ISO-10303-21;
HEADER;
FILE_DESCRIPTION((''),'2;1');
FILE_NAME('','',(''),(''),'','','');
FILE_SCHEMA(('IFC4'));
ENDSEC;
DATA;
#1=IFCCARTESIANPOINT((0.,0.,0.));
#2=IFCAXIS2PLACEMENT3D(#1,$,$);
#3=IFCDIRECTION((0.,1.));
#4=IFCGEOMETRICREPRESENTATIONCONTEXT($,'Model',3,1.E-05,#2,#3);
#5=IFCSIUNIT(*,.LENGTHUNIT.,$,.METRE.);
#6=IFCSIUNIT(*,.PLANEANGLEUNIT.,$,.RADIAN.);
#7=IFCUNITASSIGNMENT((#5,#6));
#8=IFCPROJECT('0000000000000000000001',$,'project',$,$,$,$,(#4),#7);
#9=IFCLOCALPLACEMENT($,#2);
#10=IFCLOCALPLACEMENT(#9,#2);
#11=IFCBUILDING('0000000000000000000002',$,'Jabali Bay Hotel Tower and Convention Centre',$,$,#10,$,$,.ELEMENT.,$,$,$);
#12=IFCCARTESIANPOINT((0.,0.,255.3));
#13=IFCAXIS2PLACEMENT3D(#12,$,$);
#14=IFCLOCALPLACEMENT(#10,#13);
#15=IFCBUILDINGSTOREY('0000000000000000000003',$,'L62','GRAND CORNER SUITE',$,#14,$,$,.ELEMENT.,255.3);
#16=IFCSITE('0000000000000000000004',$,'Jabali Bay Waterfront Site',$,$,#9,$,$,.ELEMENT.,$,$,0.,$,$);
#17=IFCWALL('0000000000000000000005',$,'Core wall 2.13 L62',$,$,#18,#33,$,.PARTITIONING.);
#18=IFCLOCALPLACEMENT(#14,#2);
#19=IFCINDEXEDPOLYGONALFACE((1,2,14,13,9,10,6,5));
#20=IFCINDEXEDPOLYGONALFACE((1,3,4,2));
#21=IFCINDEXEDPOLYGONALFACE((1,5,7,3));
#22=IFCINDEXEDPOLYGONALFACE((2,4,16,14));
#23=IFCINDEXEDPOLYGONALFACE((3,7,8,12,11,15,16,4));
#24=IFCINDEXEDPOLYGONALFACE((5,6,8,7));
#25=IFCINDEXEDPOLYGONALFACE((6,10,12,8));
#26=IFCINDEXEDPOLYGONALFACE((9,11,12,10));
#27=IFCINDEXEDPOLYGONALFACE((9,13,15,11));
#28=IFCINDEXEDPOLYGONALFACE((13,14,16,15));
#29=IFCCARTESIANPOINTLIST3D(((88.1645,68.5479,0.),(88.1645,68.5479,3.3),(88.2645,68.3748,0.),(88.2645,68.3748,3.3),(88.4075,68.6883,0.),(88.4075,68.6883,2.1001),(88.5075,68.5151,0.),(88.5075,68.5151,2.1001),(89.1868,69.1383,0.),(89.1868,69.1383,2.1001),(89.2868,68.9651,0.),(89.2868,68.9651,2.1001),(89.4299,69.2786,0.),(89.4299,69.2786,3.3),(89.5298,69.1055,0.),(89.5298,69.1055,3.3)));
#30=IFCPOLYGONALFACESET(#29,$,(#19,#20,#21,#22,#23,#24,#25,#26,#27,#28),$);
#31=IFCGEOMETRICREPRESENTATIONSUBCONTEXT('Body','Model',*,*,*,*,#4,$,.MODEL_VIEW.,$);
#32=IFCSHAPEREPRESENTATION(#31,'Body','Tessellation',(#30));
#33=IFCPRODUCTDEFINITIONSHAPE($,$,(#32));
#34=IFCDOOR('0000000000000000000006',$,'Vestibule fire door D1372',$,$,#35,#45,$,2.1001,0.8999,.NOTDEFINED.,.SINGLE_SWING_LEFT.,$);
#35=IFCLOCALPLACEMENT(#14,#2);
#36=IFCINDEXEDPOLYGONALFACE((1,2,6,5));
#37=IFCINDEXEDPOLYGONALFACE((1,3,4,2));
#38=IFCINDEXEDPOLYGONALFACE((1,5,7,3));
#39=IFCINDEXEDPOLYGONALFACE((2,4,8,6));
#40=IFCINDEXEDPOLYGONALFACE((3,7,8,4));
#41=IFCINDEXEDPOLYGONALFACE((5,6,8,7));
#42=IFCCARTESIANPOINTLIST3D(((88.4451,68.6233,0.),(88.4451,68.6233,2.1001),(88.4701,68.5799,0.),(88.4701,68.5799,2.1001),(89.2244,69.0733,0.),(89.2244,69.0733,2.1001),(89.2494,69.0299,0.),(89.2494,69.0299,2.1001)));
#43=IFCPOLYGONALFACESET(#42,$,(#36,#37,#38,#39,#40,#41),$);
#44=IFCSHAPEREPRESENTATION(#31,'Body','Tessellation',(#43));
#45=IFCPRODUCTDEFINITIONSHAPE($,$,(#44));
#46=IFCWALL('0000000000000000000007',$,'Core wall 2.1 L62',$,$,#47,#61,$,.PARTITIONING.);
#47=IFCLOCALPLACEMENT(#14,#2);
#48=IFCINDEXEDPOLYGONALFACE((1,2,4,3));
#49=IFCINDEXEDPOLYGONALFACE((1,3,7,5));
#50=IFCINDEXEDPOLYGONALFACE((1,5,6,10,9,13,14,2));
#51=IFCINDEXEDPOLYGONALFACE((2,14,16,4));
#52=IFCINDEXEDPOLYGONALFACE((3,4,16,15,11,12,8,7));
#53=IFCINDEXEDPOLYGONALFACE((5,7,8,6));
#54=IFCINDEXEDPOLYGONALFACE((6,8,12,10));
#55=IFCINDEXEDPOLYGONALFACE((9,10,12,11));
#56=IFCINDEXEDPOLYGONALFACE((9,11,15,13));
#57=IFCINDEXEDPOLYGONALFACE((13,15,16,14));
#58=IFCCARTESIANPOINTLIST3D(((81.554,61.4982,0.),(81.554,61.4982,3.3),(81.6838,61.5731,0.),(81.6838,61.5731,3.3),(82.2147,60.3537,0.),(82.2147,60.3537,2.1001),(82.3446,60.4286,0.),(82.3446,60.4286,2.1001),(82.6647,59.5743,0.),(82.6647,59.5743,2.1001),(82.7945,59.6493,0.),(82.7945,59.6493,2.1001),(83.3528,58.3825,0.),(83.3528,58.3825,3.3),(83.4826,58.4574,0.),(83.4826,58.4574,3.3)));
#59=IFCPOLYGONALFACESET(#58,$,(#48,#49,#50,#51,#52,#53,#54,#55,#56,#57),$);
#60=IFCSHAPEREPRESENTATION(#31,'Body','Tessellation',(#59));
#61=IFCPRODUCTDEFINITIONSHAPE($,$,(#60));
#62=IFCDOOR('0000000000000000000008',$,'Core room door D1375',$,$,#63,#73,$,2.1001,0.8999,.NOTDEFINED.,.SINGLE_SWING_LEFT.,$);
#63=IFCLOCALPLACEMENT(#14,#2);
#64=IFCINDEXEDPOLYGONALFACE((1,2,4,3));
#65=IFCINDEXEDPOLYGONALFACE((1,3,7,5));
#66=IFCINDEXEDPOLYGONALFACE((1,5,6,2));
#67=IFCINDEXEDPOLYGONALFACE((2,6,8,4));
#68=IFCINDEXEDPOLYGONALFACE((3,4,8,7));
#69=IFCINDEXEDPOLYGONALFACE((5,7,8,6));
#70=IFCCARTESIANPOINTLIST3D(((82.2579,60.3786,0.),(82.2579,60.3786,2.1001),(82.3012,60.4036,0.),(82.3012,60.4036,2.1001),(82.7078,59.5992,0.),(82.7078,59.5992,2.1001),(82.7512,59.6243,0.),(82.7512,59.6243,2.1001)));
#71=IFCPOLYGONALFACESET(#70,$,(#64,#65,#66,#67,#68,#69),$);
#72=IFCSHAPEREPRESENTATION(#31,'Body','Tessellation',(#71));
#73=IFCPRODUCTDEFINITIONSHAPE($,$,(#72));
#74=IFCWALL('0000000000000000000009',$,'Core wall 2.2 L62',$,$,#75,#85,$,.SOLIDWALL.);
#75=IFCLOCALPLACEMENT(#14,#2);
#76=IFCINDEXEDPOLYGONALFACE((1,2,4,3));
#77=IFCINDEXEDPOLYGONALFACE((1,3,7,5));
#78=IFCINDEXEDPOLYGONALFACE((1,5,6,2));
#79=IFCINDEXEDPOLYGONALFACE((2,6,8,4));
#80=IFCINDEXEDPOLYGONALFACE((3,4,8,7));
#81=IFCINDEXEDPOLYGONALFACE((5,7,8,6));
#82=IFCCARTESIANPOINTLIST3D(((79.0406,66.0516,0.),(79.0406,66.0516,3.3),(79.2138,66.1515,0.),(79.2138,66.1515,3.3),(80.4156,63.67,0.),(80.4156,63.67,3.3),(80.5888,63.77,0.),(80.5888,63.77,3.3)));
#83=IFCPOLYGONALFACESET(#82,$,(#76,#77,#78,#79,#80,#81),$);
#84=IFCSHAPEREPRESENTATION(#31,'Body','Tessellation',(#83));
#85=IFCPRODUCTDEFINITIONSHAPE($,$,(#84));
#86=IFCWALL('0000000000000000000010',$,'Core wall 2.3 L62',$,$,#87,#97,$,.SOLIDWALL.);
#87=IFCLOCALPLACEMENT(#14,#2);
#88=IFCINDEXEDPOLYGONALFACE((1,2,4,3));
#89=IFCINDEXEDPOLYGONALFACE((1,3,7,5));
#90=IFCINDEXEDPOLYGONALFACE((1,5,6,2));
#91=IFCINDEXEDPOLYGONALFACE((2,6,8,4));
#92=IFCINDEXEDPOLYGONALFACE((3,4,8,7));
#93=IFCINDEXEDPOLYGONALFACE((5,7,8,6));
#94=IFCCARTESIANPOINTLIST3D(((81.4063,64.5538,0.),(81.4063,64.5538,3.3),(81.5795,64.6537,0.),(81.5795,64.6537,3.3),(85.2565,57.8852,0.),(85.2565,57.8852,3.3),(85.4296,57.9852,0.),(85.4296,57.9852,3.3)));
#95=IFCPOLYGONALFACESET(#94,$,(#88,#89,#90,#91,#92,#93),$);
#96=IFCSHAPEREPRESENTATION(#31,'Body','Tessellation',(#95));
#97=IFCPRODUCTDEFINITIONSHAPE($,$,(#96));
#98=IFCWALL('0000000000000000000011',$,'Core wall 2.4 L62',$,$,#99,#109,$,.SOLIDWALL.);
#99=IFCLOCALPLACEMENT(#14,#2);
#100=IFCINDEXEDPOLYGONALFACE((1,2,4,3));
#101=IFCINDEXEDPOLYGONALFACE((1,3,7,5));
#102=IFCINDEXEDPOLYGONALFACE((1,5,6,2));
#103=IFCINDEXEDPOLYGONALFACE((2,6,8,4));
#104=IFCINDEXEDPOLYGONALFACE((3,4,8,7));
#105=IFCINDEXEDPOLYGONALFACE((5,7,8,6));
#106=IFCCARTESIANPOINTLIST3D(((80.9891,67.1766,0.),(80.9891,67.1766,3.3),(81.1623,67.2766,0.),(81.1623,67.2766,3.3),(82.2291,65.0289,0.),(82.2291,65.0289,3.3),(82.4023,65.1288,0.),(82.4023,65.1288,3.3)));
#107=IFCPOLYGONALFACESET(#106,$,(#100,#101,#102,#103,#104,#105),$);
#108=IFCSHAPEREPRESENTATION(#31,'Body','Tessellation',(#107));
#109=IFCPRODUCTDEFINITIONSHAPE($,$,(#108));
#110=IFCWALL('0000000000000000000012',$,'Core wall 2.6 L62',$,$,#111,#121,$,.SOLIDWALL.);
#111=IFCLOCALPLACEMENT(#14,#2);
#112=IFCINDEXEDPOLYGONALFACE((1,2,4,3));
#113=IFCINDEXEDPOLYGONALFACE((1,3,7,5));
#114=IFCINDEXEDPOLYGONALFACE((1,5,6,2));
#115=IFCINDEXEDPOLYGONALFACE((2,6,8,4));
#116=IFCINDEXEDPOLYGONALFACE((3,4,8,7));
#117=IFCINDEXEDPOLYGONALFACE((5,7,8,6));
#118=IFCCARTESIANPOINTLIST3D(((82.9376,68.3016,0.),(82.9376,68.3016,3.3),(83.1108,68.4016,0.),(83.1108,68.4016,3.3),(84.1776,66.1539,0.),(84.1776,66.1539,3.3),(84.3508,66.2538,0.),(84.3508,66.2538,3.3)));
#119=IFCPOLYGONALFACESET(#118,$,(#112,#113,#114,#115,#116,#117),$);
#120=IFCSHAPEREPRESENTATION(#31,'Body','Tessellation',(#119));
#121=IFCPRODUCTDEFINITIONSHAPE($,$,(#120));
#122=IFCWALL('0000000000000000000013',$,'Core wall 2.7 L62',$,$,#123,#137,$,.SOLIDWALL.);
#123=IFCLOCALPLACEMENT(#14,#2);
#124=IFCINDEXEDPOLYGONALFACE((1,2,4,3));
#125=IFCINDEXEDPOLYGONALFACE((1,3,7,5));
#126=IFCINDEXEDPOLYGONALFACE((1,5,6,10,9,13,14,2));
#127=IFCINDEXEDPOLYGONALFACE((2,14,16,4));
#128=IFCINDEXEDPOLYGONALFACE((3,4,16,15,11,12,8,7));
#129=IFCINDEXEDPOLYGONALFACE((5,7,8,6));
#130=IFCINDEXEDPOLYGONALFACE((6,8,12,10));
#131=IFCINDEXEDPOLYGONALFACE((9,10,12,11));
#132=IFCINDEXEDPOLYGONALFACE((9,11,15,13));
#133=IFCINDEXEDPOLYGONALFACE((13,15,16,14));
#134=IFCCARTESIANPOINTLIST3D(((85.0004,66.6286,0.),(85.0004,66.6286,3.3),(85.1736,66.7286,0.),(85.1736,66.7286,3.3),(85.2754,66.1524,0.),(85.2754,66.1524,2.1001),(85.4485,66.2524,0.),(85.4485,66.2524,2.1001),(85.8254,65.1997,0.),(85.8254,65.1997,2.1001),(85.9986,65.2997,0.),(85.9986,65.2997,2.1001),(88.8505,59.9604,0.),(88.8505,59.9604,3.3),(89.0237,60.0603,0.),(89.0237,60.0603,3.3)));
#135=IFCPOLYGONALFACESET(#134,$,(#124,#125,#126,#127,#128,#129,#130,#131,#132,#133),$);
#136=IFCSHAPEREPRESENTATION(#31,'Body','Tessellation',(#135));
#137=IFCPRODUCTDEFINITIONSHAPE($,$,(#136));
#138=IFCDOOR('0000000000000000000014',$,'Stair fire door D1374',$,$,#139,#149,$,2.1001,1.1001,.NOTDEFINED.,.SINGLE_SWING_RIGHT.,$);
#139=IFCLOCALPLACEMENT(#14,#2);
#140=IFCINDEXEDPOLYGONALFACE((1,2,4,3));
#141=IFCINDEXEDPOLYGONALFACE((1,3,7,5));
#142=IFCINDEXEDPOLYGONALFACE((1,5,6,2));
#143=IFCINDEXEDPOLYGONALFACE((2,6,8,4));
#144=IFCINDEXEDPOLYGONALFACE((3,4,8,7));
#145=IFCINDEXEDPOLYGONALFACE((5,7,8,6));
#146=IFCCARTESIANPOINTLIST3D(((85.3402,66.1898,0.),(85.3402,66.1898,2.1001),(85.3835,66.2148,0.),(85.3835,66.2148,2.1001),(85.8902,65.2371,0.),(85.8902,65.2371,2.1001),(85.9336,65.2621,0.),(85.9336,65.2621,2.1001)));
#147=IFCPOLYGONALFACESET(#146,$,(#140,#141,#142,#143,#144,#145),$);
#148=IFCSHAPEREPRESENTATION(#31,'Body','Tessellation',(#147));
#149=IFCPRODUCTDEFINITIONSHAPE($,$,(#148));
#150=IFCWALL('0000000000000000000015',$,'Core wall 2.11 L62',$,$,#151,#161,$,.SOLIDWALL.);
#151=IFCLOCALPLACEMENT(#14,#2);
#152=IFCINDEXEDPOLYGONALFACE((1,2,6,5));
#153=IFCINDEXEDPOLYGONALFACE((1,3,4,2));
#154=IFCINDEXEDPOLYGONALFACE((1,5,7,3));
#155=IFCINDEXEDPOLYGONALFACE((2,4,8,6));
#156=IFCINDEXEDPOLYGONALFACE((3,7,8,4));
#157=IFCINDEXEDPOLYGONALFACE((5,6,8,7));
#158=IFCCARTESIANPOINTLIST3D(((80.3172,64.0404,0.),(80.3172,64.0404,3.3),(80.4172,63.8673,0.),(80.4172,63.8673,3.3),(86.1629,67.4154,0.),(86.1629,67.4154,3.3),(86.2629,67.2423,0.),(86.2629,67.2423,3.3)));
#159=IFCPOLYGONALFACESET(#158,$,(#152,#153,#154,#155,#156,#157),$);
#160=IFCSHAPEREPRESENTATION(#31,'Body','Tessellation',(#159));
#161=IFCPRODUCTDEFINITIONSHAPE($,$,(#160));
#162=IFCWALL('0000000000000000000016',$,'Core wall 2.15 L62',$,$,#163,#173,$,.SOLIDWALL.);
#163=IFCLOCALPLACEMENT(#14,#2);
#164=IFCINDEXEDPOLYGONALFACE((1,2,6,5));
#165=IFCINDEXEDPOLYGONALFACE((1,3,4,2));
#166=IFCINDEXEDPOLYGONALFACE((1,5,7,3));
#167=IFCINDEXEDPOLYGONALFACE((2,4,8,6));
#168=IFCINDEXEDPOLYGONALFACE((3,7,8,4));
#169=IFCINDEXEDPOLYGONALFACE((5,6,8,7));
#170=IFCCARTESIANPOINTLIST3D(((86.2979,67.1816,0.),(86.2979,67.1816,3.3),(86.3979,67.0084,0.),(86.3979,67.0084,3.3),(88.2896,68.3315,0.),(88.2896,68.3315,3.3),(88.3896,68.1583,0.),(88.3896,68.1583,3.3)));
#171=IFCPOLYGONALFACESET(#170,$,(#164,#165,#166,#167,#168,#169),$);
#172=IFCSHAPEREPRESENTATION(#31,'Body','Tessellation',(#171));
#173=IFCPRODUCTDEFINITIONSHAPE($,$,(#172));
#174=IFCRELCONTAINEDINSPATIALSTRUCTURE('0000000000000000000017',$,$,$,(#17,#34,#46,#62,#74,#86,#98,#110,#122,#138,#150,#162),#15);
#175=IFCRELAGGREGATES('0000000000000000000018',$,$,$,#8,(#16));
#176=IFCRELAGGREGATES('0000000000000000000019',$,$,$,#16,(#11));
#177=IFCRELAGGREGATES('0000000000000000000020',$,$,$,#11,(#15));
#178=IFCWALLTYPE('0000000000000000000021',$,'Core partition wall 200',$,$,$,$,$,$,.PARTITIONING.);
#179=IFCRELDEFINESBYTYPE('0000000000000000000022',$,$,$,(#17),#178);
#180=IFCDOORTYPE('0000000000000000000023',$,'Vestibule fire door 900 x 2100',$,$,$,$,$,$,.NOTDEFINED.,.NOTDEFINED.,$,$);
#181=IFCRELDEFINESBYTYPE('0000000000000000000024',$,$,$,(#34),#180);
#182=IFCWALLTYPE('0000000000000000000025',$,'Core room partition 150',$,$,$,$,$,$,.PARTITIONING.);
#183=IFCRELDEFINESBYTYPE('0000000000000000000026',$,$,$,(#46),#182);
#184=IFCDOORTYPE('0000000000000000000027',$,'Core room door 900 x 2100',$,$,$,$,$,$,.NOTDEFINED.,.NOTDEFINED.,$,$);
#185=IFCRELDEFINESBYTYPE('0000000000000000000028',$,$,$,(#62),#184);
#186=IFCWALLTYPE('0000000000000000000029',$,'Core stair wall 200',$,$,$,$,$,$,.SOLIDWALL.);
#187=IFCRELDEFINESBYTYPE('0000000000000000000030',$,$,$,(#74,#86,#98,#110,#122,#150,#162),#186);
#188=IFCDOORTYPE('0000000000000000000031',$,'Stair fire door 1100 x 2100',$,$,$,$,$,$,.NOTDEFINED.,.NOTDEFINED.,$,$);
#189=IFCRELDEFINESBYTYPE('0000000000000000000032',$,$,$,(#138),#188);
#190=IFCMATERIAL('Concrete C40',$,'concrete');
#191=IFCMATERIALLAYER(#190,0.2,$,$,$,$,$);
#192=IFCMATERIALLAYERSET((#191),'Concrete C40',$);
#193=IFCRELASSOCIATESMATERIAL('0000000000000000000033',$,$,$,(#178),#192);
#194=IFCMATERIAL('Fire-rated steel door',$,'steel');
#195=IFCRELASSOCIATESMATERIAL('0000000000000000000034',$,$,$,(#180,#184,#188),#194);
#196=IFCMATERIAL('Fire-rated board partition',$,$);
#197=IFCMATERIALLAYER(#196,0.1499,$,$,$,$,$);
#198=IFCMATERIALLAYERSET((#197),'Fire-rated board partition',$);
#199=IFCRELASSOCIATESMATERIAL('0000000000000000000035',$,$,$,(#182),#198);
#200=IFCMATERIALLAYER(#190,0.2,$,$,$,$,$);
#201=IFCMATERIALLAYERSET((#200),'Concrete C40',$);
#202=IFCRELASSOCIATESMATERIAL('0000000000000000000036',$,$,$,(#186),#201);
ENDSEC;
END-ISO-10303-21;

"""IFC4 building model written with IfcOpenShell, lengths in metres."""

from ifc_helpers import new_model, si_unit, direction, frame, frame_2d, origin, place, context, subcontext, project, spatial, rectangle, extrude, material, layer, layer_set, type_object, element, fill, save


model = new_model("IFC4")

# Units and contexts
model_context = context("Model", 3, precision=1e-05, world=origin(), true_north=direction((0.0, 1.0)))
body_context = subcontext(model_context, "Body", "Model", "MODEL_VIEW")
ifc_project = project(units=[si_unit("LENGTHUNIT", "METRE"), si_unit("PLANEANGLEUNIT", "RADIAN")], contexts=[model_context])

# Site, building, storey
site_placement = place(None, origin())
site = spatial("IfcSite", under=ifc_project, at=site_placement, Name="Jabali Bay Waterfront Site", CompositionType="ELEMENT", RefElevation=0.0)
building_placement = place(site_placement, origin())
building = spatial("IfcBuilding", under=site, at=building_placement, Name="Jabali Bay Hotel Tower and Convention Centre", CompositionType="ELEMENT")
storey_placement = place(building_placement, frame((0.0, 0.0, 255.3)))
storey = spatial("IfcBuildingStorey", under=building, at=storey_placement, Name="L62", Description="GRAND CORNER SUITE", CompositionType="ELEMENT", Elevation=255.3)

# Walls, openings, doors
ifc_material_1 = material(Name="Concrete C40", Category="concrete")
ifc_layer_1 = layer(ifc_material_1, 0.2)
ifc_layer_set_1 = layer_set([ifc_layer_1], Name="Concrete C40")
wall_type_1 = type_object("IfcWallType", Name="Core partition wall 200", PredefinedType="PARTITIONING", material=ifc_layer_set_1)
wall_1_placement = place(storey_placement, frame((88.2146, 68.4614, 0.0), z_axis=(0.0, 0.0, 1.0), x_axis=(0.865982, 0.500074, 0.0)))
wall_1 = element("IfcWall", 1, at=wall_1_placement, inside=storey, type_object=wall_type_1, Name="Core wall 2.13 L62", PredefinedType="PARTITIONING", context=body_context, shape_type="SweptSolid", body=[
    extrude(rectangle(XDim=1.4612, YDim=0.2, at=frame_2d((0.7305, 0.0))), origin(), (0.0, 0.0, 1.0), 3.3),
])
opening_1_placement = place(wall_1_placement, frame((0.2805, 0.0, 0.0)))
opening_1 = element("IfcOpeningElement", 2, at=opening_1_placement, cuts=wall_1, PredefinedType="OPENING", context=body_context, shape_type="SweptSolid", body=[
    extrude(rectangle(XDim=0.8999, YDim=2.1001, at=frame_2d((0.45, 1.05))), frame((0.0, 0.1104, 0.0), z_axis=(0.0, -1.0, 0.0), x_axis=(1.0, 0.0, 0.0)), (0.0, 0.0, 1.0), 0.2209),
])
ifc_material_2 = material(Name="Fire-rated steel door", Category="steel")
door_type_1 = type_object("IfcDoorType", Name="Vestibule fire door 900 x 2100", OperationType="NOTDEFINED", PredefinedType="NOTDEFINED", material=ifc_material_2)
door_1_placement = place(opening_1_placement, origin())
door_1 = element("IfcDoor", 3, at=door_1_placement, inside=storey, type_object=door_type_1, Name="Vestibule fire door D1372", OperationType="SINGLE_SWING_LEFT", OverallHeight=2.1001, OverallWidth=0.8999, PredefinedType="NOTDEFINED", context=body_context, shape_type="SweptSolid", body=[
    extrude(rectangle(XDim=0.8999, YDim=2.1001, at=frame_2d((0.45, 1.05))), frame((0.0, 0.0249, 0.0), z_axis=(0.0, -1.0, 0.0), x_axis=(1.0, 0.0, 0.0)), (0.0, 0.0, 1.0), 0.05),
])
fill(opening_1, door_1)
ifc_material_3 = material(Name="Fire-rated board partition")
ifc_layer_2 = layer(ifc_material_3, 0.1499)
ifc_layer_set_2 = layer_set([ifc_layer_2], Name="Fire-rated board partition")
wall_type_2 = type_object("IfcWallType", Name="Core room partition 150", PredefinedType="PARTITIONING", material=ifc_layer_set_2)
wall_2_placement = place(storey_placement, frame((81.6189, 61.5356, 0.0), z_axis=(0.0, 0.0, 1.0), x_axis=(0.499993, -0.86603, 0.0)))
wall_2 = element("IfcWall", 4, at=wall_2_placement, inside=storey, type_object=wall_type_2, Name="Core wall 2.1 L62", PredefinedType="PARTITIONING", context=body_context, shape_type="SweptSolid", body=[
    extrude(rectangle(XDim=3.5977, YDim=0.1499, at=frame_2d((1.7988, 0.0))), origin(), (0.0, 0.0, 1.0), 3.3),
])
opening_2_placement = place(wall_2_placement, frame((1.3215, 0.0, 0.0)))
opening_2 = element("IfcOpeningElement", 5, at=opening_2_placement, cuts=wall_2, PredefinedType="OPENING", context=body_context, shape_type="SweptSolid", body=[
    extrude(rectangle(XDim=0.8999, YDim=2.1001, at=frame_2d((0.45, 1.05))), frame((0.0, 0.0854, 0.0), z_axis=(0.0, -1.0, 0.0), x_axis=(1.0, 0.0, 0.0)), (0.0, 0.0, 1.0), 0.1709),
])
door_type_2 = type_object("IfcDoorType", Name="Core room door 900 x 2100", OperationType="NOTDEFINED", PredefinedType="NOTDEFINED", material=ifc_material_2)
door_2_placement = place(opening_2_placement, origin())
door_2 = element("IfcDoor", 6, at=door_2_placement, inside=storey, type_object=door_type_2, Name="Core room door D1375", OperationType="SINGLE_SWING_LEFT", OverallHeight=2.1001, OverallWidth=0.8999, PredefinedType="NOTDEFINED", context=body_context, shape_type="SweptSolid", body=[
    extrude(rectangle(XDim=0.8999, YDim=2.1001, at=frame_2d((0.45, 1.05))), frame((0.0, 0.0249, 0.0), z_axis=(0.0, -1.0, 0.0), x_axis=(1.0, 0.0, 0.0)), (0.0, 0.0, 1.0), 0.05),
])
fill(opening_2, door_2)

# Walls
ifc_layer_3 = layer(ifc_material_1, 0.2)
ifc_layer_set_3 = layer_set([ifc_layer_3], Name="Concrete C40")
wall_type_3 = type_object("IfcWallType", Name="Core stair wall 200", PredefinedType="SOLIDWALL", material=ifc_layer_set_3)
wall_3_placement = place(storey_placement, frame((79.1272, 66.1016, 0.0), z_axis=(0.0, 0.0, 1.0), x_axis=(0.499997, -0.866027, 0.0)))
element("IfcWall", 7, at=wall_3_placement, inside=storey, type_object=wall_type_3, Name="Core wall 2.2 L62", PredefinedType="SOLIDWALL", context=body_context, shape_type="SweptSolid", body=[
    extrude(rectangle(XDim=2.75, YDim=0.2, at=frame_2d((1.375, 0.0))), origin(), (0.0, 0.0, 1.0), 3.3),
])
wall_4_placement = place(storey_placement, frame((81.4929, 64.6038, 0.0), z_axis=(0.0, 0.0, 1.0), x_axis=(0.500006, -0.866022, 0.0)))
element("IfcWall", 8, at=wall_4_placement, inside=storey, type_object=wall_type_3, Name="Core wall 2.3 L62", PredefinedType="SOLIDWALL", context=body_context, shape_type="SweptSolid", body=[
    extrude(rectangle(XDim=7.7002, YDim=0.2, at=frame_2d((3.8501, 0.0))), origin(), (0.0, 0.0, 1.0), 3.3),
])
for number, where, z_axis, x_axis, name in (
    (9, (81.0757, 67.2266, 0.0), (0.0, 0.0, 1.0), (0.500004, -0.866023, 0.0), "Core wall 2.4 L62"),
    (10, (83.0242, 68.3516, 0.0), (0.0, 0.0, 1.0), (0.500004, -0.866023, 0.0), "Core wall 2.6 L62"),
):
    element("IfcWall", number, at=place(storey_placement, frame(where, z_axis=z_axis, x_axis=x_axis)), inside=storey, type_object=wall_type_3, Name=name, PredefinedType="SOLIDWALL", context=body_context, shape_type="SweptSolid", body=[
        extrude(rectangle(XDim=2.48, YDim=0.2, at=frame_2d((1.24, 0.0))), origin(), (0.0, 0.0, 1.0), 3.3),
    ])

# Wall, opening, door
wall_5_placement = place(storey_placement, frame((85.0869, 66.6787, 0.0), z_axis=(0.0, 0.0, 1.0), x_axis=(0.50002, -0.866014, 0.0)))
wall_5 = element("IfcWall", 11, at=wall_5_placement, inside=storey, type_object=wall_type_3, Name="Core wall 2.7 L62", PredefinedType="SOLIDWALL", context=body_context, shape_type="SweptSolid", body=[
    extrude(rectangle(XDim=7.7, YDim=0.2, at=frame_2d((3.8501, 0.0))), origin(), (0.0, 0.0, 1.0), 3.3),
])
opening_3_placement = place(wall_5_placement, frame((0.55, 0.0, 0.0)))
opening_3 = element("IfcOpeningElement", 12, at=opening_3_placement, cuts=wall_5, PredefinedType="OPENING", context=body_context, shape_type="SweptSolid", body=[
    extrude(rectangle(XDim=1.1001, YDim=2.1001, at=frame_2d((0.55, 1.05))), frame((0.0, 0.1104, 0.0), z_axis=(0.0, -1.0, 0.0), x_axis=(1.0, 0.0, 0.0)), (0.0, 0.0, 1.0), 0.2209),
])
door_type_3 = type_object("IfcDoorType", Name="Stair fire door 1100 x 2100", OperationType="NOTDEFINED", PredefinedType="NOTDEFINED", material=ifc_material_2)
door_3_placement = place(opening_3_placement, origin())
door_3 = element("IfcDoor", 13, at=door_3_placement, inside=storey, type_object=door_type_3, Name="Stair fire door D1374", OperationType="SINGLE_SWING_RIGHT", OverallHeight=2.1001, OverallWidth=1.1001, PredefinedType="NOTDEFINED", context=body_context, shape_type="SweptSolid", body=[
    extrude(rectangle(XDim=1.1001, YDim=2.1001, at=frame_2d((0.55, 1.05))), frame((0.0, 0.0249, 0.0), z_axis=(0.0, -1.0, 0.0), x_axis=(1.0, 0.0, 0.0)), (0.0, 0.0, 1.0), 0.05),
])
fill(opening_3, door_3)

# Walls
wall_6_placement = place(storey_placement, frame((80.3672, 63.9539, 0.0), z_axis=(0.0, 0.0, 1.0), x_axis=(0.866027, 0.499998, 0.0)))
element("IfcWall", 14, at=wall_6_placement, inside=storey, type_object=wall_type_3, Name="Core wall 2.11 L62", PredefinedType="SOLIDWALL", context=body_context, shape_type="SweptSolid", body=[
    extrude(rectangle(XDim=6.75, YDim=0.2, at=frame_2d((3.375, 0.0))), origin(), (0.0, 0.0, 1.0), 3.3),
])
wall_7_placement = place(storey_placement, frame((86.3479, 67.095, 0.0), z_axis=(0.0, 0.0, 1.0), x_axis=(0.866026, 0.499998, 0.0)))
element("IfcWall", 15, at=wall_7_placement, inside=storey, type_object=wall_type_3, Name="Core wall 2.15 L62", PredefinedType="SOLIDWALL", context=body_context, shape_type="SweptSolid", body=[
    extrude(rectangle(XDim=2.2998, YDim=0.2, at=frame_2d((1.1499, 0.0))), origin(), (0.0, 0.0, 1.0), 3.3),
])

save(model, "model.ifc")
